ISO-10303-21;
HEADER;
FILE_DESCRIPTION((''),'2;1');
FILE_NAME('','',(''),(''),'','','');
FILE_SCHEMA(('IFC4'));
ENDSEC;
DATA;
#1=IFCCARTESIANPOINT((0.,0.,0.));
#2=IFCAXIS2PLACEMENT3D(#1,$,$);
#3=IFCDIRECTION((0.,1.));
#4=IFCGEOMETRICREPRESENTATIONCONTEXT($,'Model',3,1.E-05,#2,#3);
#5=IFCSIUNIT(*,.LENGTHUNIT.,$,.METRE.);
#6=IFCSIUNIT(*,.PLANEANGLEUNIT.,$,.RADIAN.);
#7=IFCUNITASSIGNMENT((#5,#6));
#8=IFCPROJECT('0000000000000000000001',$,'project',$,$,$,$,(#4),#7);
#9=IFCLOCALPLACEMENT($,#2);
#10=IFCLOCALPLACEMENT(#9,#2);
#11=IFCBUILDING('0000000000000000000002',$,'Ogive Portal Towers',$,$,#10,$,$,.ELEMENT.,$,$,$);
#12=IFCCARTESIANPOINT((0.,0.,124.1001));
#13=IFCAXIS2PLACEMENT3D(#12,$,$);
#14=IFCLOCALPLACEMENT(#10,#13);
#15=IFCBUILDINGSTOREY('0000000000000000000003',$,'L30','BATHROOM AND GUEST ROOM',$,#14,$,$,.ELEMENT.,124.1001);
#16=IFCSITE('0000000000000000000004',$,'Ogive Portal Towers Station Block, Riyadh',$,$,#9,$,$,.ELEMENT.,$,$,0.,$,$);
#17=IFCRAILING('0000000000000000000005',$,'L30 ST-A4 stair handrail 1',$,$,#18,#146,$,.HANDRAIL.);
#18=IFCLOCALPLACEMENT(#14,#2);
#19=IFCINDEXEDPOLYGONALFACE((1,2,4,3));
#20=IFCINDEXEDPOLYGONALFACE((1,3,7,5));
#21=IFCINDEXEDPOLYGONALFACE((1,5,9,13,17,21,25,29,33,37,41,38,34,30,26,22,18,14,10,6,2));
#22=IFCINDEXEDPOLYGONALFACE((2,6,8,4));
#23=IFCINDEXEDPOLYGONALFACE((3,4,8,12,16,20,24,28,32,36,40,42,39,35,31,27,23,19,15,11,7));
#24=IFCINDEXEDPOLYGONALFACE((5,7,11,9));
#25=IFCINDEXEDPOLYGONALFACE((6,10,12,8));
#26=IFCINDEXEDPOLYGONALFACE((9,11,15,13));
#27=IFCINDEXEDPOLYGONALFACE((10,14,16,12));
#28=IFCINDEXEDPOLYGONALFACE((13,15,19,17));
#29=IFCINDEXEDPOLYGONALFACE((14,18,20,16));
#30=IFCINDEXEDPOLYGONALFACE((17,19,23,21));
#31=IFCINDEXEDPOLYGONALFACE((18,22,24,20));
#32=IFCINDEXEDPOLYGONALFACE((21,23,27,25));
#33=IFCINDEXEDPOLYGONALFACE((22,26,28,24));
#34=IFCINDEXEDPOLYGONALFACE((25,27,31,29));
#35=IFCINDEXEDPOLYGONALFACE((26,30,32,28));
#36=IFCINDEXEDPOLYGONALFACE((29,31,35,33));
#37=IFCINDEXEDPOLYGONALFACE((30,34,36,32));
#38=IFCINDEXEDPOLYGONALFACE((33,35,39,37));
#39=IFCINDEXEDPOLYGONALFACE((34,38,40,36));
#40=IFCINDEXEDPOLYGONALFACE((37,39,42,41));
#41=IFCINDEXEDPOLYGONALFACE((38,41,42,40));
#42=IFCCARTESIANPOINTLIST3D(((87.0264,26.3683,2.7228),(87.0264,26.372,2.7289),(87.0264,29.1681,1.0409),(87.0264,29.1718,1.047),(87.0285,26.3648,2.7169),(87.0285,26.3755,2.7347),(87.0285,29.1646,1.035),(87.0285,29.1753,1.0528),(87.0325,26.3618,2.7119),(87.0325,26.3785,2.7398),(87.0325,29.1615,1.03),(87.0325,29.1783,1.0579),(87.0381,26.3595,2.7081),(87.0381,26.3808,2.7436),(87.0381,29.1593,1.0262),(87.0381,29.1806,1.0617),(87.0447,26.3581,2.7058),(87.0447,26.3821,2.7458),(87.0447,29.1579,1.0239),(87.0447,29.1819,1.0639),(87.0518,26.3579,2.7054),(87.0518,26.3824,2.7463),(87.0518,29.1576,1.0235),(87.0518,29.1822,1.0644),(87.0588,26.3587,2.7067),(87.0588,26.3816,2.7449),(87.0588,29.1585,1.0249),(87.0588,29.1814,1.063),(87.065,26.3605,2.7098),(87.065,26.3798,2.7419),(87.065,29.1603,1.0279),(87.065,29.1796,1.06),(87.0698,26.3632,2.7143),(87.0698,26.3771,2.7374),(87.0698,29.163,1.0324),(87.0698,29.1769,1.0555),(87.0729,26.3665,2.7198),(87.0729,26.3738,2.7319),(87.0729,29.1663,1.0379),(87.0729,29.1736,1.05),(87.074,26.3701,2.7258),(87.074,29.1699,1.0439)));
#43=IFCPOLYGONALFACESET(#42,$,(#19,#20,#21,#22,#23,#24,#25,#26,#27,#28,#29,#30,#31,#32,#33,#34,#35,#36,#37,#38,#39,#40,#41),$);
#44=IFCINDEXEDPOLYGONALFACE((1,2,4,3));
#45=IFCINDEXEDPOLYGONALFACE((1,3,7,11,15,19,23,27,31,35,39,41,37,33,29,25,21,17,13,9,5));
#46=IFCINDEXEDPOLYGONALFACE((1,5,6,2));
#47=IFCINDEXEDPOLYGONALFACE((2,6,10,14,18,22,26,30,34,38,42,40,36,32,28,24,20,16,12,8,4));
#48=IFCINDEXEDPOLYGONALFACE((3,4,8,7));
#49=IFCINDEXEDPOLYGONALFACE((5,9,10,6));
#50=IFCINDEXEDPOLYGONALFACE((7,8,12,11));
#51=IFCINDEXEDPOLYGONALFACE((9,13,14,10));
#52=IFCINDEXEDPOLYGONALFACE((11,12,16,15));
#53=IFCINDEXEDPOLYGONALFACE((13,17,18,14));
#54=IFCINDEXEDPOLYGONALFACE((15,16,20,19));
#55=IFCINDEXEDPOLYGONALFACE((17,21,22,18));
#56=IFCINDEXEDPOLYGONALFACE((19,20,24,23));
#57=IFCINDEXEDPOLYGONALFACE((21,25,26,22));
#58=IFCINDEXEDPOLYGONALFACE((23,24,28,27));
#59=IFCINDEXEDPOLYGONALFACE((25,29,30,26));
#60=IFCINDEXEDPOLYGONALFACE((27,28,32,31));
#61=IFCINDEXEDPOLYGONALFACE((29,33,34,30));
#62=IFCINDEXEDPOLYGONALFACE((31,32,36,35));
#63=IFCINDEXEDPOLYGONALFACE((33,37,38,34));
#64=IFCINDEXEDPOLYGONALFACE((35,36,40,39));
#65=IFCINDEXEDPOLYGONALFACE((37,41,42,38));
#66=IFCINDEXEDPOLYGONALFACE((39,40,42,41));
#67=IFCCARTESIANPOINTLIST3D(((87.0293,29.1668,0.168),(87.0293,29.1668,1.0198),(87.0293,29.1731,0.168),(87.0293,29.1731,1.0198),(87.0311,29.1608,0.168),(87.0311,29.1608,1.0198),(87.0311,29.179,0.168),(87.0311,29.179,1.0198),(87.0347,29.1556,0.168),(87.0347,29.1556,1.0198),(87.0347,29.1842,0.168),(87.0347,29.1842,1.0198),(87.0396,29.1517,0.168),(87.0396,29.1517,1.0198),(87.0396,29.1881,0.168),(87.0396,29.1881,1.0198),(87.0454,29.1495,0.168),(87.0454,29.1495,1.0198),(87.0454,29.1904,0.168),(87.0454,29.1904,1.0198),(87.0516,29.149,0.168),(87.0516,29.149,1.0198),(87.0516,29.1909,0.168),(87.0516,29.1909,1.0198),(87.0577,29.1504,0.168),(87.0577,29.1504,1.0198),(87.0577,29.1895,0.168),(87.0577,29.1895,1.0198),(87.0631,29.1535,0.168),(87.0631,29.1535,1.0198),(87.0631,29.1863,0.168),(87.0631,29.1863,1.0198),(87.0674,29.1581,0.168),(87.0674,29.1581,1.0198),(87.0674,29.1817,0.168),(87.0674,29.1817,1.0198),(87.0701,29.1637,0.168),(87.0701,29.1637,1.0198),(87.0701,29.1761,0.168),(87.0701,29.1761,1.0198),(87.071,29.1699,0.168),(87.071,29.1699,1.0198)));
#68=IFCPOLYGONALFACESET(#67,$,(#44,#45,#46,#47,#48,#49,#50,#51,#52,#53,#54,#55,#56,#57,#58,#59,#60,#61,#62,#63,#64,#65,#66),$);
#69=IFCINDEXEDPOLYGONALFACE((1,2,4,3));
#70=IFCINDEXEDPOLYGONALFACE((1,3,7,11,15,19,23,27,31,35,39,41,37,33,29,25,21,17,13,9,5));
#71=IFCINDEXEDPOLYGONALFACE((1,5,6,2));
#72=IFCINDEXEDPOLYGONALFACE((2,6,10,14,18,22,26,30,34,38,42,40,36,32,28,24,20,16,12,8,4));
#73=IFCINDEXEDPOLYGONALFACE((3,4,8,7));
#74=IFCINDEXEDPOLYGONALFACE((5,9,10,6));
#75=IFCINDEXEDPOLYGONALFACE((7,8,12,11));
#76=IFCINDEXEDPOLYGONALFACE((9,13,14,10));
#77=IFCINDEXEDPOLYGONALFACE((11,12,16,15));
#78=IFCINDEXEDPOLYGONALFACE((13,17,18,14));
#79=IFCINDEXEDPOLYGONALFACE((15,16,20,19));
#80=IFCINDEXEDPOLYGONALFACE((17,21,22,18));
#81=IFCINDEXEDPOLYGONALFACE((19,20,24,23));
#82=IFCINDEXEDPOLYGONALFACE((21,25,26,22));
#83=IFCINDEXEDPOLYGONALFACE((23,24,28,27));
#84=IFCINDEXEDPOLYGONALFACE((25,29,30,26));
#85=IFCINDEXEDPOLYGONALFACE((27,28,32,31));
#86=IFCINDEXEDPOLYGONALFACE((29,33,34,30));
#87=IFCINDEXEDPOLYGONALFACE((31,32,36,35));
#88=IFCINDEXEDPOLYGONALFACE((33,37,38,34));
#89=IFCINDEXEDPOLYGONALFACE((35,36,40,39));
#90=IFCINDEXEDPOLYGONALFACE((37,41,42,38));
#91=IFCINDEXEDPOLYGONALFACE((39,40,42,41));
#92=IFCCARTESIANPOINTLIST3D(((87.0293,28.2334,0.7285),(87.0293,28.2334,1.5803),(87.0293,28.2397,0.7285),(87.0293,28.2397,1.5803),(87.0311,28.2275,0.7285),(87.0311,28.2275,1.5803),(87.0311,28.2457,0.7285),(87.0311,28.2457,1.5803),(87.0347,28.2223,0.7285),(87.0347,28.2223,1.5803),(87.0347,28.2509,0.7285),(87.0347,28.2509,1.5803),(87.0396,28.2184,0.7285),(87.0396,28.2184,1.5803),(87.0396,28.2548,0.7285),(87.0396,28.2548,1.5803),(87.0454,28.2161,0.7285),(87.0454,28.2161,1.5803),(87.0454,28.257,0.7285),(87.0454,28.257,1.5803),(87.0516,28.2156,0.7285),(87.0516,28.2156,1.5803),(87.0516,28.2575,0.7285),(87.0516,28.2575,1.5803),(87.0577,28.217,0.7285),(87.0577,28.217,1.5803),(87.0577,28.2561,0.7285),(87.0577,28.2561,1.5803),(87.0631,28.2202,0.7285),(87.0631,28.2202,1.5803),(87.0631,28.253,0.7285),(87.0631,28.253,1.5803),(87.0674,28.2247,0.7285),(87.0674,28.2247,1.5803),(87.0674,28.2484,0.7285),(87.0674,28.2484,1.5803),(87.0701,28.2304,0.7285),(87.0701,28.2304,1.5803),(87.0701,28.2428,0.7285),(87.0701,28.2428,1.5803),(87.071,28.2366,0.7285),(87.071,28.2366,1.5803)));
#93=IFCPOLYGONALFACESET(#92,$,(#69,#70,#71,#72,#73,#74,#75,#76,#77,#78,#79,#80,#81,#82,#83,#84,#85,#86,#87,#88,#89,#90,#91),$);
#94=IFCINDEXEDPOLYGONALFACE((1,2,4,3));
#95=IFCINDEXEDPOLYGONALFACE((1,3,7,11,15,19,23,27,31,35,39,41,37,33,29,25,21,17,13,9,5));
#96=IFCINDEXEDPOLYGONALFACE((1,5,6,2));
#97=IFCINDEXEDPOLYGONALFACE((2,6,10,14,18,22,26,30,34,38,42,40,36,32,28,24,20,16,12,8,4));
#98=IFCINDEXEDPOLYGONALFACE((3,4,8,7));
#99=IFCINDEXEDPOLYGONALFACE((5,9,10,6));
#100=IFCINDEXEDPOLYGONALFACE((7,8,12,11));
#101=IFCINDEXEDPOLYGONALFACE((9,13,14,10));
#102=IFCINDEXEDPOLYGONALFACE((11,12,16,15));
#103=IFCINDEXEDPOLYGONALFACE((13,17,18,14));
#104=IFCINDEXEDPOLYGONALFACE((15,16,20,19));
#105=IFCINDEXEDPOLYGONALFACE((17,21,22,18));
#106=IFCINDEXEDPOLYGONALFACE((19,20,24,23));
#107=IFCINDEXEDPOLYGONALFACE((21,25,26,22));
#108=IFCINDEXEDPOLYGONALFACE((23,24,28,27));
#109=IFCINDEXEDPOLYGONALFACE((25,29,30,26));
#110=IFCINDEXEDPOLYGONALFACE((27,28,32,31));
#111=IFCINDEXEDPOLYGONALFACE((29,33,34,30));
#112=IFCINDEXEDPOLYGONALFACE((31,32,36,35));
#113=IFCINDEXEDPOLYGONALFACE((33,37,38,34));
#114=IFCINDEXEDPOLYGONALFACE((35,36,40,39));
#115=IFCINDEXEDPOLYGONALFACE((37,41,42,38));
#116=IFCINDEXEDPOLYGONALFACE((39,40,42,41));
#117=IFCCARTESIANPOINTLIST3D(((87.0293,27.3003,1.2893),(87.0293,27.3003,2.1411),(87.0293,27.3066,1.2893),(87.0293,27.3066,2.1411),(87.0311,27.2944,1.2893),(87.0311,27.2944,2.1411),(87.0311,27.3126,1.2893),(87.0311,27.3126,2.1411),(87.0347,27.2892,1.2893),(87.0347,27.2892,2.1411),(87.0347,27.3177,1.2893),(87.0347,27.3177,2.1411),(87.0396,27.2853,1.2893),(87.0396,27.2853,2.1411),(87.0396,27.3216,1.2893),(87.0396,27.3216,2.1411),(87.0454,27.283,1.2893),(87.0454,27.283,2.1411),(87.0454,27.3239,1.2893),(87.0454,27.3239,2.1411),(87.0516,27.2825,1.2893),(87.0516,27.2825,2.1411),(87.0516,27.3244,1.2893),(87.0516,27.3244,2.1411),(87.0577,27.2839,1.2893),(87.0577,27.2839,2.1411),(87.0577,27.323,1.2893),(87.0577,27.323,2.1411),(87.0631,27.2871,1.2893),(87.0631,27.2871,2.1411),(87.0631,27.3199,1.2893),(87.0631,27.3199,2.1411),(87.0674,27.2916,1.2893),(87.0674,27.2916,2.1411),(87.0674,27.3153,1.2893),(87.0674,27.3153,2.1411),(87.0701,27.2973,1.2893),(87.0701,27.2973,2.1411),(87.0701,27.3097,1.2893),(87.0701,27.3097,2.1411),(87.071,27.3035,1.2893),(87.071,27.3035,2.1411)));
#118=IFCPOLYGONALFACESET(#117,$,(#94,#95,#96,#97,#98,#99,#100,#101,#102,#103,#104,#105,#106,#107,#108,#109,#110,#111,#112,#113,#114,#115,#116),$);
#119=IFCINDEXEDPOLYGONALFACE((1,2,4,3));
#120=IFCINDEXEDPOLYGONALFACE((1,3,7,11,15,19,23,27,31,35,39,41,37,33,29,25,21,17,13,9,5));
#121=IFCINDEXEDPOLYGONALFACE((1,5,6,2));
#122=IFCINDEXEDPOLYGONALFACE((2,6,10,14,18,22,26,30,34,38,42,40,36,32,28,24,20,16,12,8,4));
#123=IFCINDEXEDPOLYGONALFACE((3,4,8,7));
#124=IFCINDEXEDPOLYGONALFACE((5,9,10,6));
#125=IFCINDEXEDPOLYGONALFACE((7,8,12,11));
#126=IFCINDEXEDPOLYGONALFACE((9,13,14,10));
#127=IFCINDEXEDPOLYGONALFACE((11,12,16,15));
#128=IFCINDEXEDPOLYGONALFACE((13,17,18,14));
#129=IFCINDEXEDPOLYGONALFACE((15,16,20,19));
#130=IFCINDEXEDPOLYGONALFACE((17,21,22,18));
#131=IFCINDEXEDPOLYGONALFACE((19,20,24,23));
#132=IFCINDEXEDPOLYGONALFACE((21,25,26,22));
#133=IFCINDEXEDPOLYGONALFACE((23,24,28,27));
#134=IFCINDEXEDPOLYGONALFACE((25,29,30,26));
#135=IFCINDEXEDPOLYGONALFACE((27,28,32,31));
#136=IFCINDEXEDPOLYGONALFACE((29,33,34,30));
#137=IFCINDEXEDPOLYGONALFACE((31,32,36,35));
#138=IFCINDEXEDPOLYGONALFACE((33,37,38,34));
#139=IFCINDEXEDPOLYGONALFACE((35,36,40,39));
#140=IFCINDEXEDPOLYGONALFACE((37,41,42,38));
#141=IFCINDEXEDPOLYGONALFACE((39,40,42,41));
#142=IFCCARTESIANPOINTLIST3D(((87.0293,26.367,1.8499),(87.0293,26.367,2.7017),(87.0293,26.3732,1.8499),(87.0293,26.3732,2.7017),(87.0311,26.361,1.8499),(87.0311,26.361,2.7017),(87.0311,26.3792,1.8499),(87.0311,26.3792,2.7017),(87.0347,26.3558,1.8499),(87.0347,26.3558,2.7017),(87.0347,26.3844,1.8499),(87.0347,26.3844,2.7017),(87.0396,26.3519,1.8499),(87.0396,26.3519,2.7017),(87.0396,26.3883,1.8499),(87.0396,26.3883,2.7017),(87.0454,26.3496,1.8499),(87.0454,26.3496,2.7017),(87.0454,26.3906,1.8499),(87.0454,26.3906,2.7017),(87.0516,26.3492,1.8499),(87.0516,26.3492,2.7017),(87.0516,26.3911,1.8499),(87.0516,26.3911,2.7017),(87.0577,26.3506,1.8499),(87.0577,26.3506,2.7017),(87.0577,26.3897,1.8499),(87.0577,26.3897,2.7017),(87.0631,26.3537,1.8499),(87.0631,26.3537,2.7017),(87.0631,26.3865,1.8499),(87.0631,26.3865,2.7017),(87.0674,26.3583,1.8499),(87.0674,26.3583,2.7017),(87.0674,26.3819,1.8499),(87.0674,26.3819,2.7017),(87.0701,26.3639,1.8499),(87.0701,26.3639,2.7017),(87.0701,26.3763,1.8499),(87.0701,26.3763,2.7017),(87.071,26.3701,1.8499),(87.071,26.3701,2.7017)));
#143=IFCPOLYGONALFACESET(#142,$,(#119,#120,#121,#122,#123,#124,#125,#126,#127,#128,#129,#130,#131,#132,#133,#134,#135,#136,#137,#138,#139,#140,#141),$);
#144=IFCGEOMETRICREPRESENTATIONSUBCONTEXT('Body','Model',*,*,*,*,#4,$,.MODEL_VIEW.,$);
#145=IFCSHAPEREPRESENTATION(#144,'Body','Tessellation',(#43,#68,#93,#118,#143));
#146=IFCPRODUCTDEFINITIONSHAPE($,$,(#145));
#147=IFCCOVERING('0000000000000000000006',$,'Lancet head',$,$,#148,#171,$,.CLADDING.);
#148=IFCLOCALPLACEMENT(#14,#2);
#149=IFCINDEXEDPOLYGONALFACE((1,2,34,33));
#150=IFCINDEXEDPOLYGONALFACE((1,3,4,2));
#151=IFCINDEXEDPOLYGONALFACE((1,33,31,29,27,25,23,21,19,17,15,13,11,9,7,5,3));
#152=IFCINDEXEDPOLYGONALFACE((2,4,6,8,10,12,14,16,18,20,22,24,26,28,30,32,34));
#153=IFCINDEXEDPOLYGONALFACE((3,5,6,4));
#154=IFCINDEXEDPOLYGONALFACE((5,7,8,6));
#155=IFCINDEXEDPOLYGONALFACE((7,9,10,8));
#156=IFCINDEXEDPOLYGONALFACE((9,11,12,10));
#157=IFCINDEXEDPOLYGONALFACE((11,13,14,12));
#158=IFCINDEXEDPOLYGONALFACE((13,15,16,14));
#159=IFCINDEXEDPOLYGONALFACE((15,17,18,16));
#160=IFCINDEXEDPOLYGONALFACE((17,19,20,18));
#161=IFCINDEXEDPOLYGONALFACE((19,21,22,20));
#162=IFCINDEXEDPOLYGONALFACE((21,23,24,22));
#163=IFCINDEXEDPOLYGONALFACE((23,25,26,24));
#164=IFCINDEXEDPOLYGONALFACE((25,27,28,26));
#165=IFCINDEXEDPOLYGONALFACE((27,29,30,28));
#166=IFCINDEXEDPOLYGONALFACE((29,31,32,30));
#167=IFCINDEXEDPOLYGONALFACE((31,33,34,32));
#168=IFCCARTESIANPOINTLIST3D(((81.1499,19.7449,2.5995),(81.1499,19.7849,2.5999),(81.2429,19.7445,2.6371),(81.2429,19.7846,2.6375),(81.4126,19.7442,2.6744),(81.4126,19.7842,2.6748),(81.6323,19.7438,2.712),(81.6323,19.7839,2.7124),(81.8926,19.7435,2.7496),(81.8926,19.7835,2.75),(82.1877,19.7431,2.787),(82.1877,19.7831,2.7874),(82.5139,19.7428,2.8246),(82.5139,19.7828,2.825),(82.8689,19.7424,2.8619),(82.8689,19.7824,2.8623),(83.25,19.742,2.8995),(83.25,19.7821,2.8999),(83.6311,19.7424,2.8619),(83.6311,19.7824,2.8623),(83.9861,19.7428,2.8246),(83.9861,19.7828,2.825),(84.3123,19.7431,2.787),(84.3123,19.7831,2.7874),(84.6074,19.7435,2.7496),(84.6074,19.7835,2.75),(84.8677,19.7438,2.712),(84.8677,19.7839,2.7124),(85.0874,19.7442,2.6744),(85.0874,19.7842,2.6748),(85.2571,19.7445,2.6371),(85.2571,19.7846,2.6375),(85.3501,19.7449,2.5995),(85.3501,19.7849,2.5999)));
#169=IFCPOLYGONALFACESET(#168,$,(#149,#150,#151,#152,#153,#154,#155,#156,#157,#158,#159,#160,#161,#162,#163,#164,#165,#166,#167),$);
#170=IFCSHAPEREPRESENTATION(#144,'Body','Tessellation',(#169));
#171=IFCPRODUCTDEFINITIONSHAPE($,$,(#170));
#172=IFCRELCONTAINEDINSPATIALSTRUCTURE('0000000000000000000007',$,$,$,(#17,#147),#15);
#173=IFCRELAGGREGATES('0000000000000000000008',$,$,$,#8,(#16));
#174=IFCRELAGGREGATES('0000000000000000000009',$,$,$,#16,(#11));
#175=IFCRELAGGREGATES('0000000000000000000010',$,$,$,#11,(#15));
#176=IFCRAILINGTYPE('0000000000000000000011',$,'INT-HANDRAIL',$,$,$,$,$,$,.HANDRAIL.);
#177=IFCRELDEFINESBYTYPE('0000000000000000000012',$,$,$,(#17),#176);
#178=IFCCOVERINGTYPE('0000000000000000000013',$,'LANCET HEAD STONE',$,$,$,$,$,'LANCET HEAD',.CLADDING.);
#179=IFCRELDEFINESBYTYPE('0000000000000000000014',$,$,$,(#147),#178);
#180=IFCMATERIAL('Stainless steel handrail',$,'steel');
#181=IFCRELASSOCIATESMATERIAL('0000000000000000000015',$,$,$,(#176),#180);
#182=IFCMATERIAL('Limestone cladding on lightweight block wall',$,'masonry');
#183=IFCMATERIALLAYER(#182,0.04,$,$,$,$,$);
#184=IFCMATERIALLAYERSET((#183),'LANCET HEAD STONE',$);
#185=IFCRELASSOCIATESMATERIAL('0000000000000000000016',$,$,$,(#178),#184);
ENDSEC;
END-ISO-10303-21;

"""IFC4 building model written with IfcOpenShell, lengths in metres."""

from ifc_helpers import new_model, si_unit, direction, frame, origin, origin_2d, place, context, subcontext, project, spatial, polyline, circle, outline, extrude, material, layer, layer_set, type_object, element, save


model = new_model("IFC4")

# Units and contexts
model_context = context("Model", 3, precision=1e-05, world=origin(), true_north=direction((0.0, 1.0)))
body_context = subcontext(model_context, "Body", "Model", "MODEL_VIEW")
ifc_project = project(units=[si_unit("LENGTHUNIT", "METRE"), si_unit("PLANEANGLEUNIT", "RADIAN")], contexts=[model_context])

# Site, building, storey
site_placement = place(None, origin())
site = spatial("IfcSite", under=ifc_project, at=site_placement, Name="Ogive Portal Towers Station Block, Riyadh", CompositionType="ELEMENT", RefElevation=0.0)
building_placement = place(site_placement, origin())
building = spatial("IfcBuilding", under=site, at=building_placement, Name="Ogive Portal Towers", CompositionType="ELEMENT")
storey_placement = place(building_placement, frame((0.0, 0.0, 124.1001)))
storey = spatial("IfcBuildingStorey", under=building, at=storey_placement, Name="L30", Description="BATHROOM AND GUEST ROOM", CompositionType="ELEMENT", Elevation=124.1001)

# Railing
ifc_material_1 = material(Name="Stainless steel handrail", Category="steel")
railing_type_1 = type_object("IfcRailingType", Name="INT-HANDRAIL", PredefinedType="HANDRAIL", material=ifc_material_1)
railing_1_placement = place(storey_placement, frame((87.05, 29.1699, 0.168)))
element("IfcRailing", 1, at=railing_1_placement, inside=storey, type_object=railing_type_1, Name="L30 ST-A4 stair handrail 1", PredefinedType="HANDRAIL", context=body_context, shape_type="SweptSolid", body=[
    extrude(circle(Radius=0.0239, at=origin_2d()), frame((0.0, 0.0, 0.876), z_axis=(0.0, -0.857222, 0.514946), x_axis=(1.0, 0.0, 0.0)), (0.0, 0.0, 1.0), 3.2661),
    extrude(circle(Radius=0.021, at=origin_2d()), origin(), (0.0, 0.0, 1.0), 0.8518),
    extrude(circle(Radius=0.021, at=origin_2d()), frame((0.0, -0.9333, 0.5605)), (0.0, 0.0, 1.0), 0.8518),
    extrude(circle(Radius=0.021, at=origin_2d()), frame((0.0, -1.8665, 1.1213)), (0.0, 0.0, 1.0), 0.8518),
    extrude(circle(Radius=0.021, at=origin_2d()), frame((0.0, -2.7998, 1.6819)), (0.0, 0.0, 1.0), 0.8518),
])

# Covering
ifc_material_2 = material(Name="Limestone cladding on lightweight block wall", Category="masonry")
ifc_layer_1 = layer(ifc_material_2, 0.04)
ifc_layer_set_1 = layer_set([ifc_layer_1], Name="LANCET HEAD STONE")
covering_type = type_object("IfcCoveringType", Name="LANCET HEAD STONE", ElementType="LANCET HEAD", PredefinedType="CLADDING", material=ifc_layer_set_1)
covering_placement = place(storey_placement, frame((81.1499, 19.7849, 2.5999), z_axis=(0.0, 0.999956, 0.009423), x_axis=(1.0, 0.0, 0.0)))
element("IfcCovering", 2, at=covering_placement, inside=storey, type_object=covering_type, Name="Lancet head", PredefinedType="CLADDING", context=body_context, shape_type="SweptSolid", body=[
    extrude(outline(polyline([(0.0, 0.0), (4.2002, 0.0), (4.1072, -0.0376), (3.9375, -0.075), (3.7178, -0.1126), (3.4575, -0.1502), (3.1624, -0.1875), (2.8362, -0.2251), (2.4812, -0.2625), (2.1001, -0.3001), (1.719, -0.2625), (1.364, -0.2251), (1.0378, -0.1875), (0.7427, -0.1502), (0.4824, -0.1126), (0.2627, -0.075), (0.093, -0.0376), (0.0, 0.0)])), origin(), (0.0, 0.0, -1.0), 0.04),
])

save(model, "model.ifc")
